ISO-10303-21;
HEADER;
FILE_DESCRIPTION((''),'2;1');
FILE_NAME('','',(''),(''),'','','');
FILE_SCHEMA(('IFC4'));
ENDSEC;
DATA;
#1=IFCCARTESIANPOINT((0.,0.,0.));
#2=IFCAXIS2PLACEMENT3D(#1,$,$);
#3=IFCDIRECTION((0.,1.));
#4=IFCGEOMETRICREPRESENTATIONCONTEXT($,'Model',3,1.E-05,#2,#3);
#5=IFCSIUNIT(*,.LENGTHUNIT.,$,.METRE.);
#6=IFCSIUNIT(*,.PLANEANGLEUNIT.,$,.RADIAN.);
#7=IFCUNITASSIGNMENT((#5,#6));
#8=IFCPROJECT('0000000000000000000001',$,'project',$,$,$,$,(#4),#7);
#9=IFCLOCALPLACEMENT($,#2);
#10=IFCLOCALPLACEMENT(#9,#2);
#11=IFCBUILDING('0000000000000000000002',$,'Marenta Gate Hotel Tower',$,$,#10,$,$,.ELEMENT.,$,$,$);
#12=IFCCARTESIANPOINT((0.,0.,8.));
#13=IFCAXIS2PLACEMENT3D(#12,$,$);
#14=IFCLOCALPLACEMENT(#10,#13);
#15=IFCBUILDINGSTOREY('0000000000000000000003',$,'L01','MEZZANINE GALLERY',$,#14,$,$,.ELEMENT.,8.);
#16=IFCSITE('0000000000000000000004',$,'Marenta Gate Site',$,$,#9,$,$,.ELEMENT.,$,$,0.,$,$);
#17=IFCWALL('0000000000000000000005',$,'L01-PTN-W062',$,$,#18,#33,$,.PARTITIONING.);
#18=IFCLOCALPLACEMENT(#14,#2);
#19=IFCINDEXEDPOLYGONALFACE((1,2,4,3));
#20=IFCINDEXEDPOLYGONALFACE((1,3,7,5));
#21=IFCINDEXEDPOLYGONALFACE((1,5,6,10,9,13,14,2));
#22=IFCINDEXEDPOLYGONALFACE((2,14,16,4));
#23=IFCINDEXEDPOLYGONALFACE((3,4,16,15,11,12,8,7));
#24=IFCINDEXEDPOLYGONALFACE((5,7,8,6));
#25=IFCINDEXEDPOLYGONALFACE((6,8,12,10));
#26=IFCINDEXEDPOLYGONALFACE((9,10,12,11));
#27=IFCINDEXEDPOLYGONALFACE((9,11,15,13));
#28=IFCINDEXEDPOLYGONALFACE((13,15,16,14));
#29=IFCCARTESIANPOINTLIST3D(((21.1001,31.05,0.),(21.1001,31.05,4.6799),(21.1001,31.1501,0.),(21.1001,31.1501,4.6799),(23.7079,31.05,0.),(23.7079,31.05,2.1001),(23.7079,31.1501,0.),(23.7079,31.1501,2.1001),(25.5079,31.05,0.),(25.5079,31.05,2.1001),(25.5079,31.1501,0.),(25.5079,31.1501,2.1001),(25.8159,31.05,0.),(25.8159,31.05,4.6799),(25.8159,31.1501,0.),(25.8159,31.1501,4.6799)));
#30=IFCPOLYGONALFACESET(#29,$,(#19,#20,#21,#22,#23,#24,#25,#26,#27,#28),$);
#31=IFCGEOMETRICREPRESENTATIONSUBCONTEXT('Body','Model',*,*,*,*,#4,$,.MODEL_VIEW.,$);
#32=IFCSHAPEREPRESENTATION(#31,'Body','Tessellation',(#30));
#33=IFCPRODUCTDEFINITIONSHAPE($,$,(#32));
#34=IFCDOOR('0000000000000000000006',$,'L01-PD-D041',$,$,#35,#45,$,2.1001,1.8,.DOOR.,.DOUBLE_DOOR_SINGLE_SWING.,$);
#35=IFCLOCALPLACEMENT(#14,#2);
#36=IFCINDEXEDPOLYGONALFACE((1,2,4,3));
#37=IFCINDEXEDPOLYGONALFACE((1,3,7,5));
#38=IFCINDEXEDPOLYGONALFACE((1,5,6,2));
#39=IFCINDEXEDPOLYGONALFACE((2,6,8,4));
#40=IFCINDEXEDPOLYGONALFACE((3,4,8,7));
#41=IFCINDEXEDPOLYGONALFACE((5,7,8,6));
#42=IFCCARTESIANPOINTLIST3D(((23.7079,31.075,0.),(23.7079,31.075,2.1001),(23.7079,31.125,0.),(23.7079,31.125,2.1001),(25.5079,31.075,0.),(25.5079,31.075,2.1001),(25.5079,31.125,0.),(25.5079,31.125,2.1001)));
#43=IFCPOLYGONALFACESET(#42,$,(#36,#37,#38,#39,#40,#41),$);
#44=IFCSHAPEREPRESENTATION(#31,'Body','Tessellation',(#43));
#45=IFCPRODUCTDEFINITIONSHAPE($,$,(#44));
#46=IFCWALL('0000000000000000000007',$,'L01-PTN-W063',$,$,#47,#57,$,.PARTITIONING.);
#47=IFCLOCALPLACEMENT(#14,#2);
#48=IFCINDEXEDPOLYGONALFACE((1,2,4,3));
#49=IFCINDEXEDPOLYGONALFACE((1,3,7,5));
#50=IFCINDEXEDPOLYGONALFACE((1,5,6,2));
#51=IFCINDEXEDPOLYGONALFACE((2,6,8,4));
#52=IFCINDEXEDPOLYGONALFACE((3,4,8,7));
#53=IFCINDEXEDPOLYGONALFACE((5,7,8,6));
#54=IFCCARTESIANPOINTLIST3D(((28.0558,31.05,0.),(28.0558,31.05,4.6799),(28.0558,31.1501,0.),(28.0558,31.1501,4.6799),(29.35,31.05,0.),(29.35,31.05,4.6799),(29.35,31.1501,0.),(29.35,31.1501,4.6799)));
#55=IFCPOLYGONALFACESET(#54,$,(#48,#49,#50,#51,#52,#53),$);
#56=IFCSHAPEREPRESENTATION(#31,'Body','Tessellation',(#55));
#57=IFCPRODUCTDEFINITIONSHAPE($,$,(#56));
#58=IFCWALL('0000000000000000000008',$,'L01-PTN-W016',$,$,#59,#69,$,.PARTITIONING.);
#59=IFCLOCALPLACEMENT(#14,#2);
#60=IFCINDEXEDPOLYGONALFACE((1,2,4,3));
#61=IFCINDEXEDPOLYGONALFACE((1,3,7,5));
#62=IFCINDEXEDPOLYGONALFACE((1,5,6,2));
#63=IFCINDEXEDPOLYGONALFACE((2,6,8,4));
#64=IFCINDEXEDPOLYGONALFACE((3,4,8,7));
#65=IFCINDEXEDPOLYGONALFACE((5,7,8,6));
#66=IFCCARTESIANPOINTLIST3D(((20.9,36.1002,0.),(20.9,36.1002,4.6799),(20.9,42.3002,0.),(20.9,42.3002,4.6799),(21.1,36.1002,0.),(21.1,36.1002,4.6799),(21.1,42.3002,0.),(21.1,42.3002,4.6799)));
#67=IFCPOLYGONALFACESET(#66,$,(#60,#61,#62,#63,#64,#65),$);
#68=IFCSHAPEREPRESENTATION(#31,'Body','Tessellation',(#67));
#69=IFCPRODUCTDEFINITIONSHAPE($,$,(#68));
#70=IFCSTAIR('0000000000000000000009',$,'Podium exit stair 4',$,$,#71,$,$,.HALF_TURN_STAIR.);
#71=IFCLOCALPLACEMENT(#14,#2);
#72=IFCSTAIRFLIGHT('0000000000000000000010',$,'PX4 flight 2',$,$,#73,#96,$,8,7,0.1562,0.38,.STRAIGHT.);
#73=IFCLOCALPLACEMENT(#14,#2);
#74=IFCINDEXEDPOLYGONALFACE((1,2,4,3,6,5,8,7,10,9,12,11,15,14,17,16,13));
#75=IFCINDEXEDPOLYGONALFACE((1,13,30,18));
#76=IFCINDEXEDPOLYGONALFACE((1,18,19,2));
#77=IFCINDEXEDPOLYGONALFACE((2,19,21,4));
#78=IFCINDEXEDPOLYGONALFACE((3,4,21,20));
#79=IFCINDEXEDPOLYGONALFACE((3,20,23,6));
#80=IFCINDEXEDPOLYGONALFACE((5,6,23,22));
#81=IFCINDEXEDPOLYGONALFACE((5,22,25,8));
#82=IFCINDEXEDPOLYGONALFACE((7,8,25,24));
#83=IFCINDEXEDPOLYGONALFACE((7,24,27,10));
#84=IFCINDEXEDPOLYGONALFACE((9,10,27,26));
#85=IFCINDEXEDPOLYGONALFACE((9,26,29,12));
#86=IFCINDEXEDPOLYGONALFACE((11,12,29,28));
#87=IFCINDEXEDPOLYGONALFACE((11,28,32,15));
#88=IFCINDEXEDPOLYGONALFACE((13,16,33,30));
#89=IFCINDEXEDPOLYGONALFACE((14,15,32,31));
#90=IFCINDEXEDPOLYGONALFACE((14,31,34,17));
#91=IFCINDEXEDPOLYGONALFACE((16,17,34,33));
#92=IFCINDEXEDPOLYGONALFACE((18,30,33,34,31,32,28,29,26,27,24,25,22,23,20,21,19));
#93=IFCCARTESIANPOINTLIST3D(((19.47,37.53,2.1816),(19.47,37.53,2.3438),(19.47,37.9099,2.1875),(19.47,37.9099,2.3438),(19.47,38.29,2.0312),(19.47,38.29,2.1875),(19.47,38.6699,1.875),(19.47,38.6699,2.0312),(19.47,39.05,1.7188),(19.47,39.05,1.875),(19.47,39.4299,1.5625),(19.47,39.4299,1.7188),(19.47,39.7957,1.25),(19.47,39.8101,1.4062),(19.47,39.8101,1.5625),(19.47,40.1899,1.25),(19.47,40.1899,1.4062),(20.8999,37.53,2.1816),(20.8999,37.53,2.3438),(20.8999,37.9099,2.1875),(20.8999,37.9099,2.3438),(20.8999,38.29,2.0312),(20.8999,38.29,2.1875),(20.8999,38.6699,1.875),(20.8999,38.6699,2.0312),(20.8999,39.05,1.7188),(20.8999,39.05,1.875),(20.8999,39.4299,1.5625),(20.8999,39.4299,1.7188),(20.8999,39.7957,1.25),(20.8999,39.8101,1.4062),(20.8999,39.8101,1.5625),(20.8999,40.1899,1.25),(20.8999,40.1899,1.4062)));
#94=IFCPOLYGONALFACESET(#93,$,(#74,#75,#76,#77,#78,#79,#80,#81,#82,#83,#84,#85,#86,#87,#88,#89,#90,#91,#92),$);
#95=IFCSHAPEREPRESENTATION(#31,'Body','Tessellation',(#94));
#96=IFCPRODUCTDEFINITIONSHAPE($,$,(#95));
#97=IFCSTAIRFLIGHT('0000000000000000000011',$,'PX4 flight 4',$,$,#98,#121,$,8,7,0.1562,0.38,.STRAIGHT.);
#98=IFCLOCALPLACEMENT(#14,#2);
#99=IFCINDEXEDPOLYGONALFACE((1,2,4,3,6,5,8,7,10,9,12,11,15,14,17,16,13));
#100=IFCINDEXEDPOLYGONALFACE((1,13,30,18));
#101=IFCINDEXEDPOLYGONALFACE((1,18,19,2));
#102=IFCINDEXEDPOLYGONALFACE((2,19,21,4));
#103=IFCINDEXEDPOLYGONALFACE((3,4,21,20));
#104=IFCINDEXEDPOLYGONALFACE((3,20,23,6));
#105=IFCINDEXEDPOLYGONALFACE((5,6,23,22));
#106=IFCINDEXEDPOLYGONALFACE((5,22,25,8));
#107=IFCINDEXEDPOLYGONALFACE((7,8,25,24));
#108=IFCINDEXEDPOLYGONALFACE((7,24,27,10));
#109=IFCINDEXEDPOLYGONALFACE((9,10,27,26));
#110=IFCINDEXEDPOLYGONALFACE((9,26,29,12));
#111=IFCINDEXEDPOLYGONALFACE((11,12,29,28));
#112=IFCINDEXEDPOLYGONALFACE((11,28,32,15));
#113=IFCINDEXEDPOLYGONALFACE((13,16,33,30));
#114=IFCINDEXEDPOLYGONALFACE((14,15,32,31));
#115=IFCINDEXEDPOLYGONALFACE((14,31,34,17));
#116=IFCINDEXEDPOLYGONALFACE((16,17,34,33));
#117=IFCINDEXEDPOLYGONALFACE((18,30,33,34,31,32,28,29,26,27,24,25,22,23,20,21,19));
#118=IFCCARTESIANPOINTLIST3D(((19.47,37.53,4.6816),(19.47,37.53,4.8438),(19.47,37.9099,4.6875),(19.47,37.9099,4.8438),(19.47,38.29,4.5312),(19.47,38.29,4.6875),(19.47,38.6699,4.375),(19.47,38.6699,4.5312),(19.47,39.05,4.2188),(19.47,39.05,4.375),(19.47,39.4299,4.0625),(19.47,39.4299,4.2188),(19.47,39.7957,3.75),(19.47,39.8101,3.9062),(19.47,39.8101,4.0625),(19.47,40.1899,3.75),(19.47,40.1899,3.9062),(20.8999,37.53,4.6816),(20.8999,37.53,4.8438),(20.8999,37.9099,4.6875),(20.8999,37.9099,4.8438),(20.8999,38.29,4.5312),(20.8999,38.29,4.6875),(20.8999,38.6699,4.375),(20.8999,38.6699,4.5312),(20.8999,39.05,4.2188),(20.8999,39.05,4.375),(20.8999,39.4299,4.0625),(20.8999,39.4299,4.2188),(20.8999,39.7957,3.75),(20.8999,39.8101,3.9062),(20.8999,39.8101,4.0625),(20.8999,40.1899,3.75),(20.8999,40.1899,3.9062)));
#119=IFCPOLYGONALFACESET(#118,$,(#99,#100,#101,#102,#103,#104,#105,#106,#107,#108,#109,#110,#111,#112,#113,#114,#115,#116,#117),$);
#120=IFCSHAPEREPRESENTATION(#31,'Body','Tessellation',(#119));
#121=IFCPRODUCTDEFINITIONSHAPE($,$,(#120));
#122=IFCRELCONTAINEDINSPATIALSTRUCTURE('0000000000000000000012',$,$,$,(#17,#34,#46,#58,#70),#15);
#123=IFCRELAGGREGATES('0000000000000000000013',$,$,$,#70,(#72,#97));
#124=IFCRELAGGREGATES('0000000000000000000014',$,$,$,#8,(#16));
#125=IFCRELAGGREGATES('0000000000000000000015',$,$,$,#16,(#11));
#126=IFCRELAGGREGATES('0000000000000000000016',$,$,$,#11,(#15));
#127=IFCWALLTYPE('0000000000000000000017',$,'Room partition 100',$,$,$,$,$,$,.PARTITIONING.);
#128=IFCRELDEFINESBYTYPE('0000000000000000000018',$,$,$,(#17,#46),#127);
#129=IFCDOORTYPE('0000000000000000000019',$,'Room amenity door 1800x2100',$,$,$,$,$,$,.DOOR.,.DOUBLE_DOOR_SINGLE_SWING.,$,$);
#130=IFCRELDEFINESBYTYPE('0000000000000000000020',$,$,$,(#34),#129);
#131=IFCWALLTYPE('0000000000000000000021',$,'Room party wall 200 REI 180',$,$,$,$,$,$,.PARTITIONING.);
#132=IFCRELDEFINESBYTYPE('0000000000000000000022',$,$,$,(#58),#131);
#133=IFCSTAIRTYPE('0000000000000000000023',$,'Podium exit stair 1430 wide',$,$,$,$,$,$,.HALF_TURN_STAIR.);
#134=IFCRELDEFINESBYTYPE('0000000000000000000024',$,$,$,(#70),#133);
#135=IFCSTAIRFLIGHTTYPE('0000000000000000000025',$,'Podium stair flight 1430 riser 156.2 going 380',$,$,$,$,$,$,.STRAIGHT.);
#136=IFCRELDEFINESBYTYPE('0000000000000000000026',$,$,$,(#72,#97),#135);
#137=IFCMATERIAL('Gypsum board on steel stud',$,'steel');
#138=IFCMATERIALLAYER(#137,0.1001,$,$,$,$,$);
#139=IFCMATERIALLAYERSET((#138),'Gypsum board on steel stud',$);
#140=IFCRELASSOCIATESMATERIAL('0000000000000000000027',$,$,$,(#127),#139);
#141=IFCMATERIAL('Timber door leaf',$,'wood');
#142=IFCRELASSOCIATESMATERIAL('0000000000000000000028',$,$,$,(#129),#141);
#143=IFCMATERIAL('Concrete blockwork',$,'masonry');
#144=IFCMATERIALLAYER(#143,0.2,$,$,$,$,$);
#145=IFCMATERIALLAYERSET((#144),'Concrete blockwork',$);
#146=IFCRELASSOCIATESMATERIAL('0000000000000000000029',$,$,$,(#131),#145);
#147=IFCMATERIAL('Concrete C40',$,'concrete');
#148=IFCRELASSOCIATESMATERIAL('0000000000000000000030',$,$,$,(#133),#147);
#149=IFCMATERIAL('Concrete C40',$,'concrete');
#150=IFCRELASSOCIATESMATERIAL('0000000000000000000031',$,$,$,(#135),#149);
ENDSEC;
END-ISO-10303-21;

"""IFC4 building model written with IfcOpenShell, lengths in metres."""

from ifc_helpers import new_model, si_unit, direction, frame, frame_2d, origin, place, context, subcontext, project, spatial, polyline, rectangle, outline, extrude, material, layer, layer_set, type_object, element, fill, aggregate, save


model = new_model("IFC4")

# Units and contexts
model_context = context("Model", 3, precision=1e-05, world=origin(), true_north=direction((0.0, 1.0)))
body_context = subcontext(model_context, "Body", "Model", "MODEL_VIEW")
ifc_project = project(units=[si_unit("LENGTHUNIT", "METRE"), si_unit("PLANEANGLEUNIT", "RADIAN")], contexts=[model_context])

# Site, building, storey
site_placement = place(None, origin())
site = spatial("IfcSite", under=ifc_project, at=site_placement, Name="Marenta Gate Site", CompositionType="ELEMENT", RefElevation=0.0)
building_placement = place(site_placement, origin())
building = spatial("IfcBuilding", under=site, at=building_placement, Name="Marenta Gate Hotel Tower", CompositionType="ELEMENT")
storey_placement = place(building_placement, frame((0.0, 0.0, 8.0)))
storey = spatial("IfcBuildingStorey", under=building, at=storey_placement, Name="L01", Description="MEZZANINE GALLERY", CompositionType="ELEMENT", Elevation=8.0)

# Wall, opening, door
ifc_material_1 = material(Name="Gypsum board on steel stud", Category="steel")
ifc_layer_1 = layer(ifc_material_1, 0.1001)
ifc_layer_set_1 = layer_set([ifc_layer_1], Name="Gypsum board on steel stud")
wall_type_1 = type_object("IfcWallType", Name="Room partition 100", PredefinedType="PARTITIONING", material=ifc_layer_set_1)
wall_1_placement = place(storey_placement, frame((21.1001, 31.1001, 0.0), z_axis=(0.0, 0.0, 1.0), x_axis=(1.0, 0.0, 0.0)))
wall_1 = element("IfcWall", 1, at=wall_1_placement, inside=storey, type_object=wall_type_1, Name="L01-PTN-W062", PredefinedType="PARTITIONING", context=body_context, shape_type="SweptSolid", body=[
    extrude(rectangle(XDim=4.7158, YDim=0.1001, at=frame_2d((2.3579, 0.0))), origin(), (0.0, 0.0, 1.0), 4.6799),
])
opening_placement = place(wall_1_placement, frame((2.6079, 0.0, 0.0)))
opening = element("IfcOpeningElement", 2, at=opening_placement, cuts=wall_1, PredefinedType="OPENING", context=body_context, shape_type="SweptSolid", body=[
    extrude(rectangle(XDim=1.8, YDim=2.1001, at=frame_2d((0.8999, 1.05))), frame((0.0, 0.05, 0.0), z_axis=(0.0, -1.0, 0.0), x_axis=(1.0, 0.0, 0.0)), (0.0, 0.0, 1.0), 0.1001),
])
ifc_material_2 = material(Name="Timber door leaf", Category="wood")
door_type = type_object("IfcDoorType", Name="Room amenity door 1800x2100", OperationType="DOUBLE_DOOR_SINGLE_SWING", PredefinedType="DOOR", material=ifc_material_2)
door_placement = place(opening_placement, origin())
door = element("IfcDoor", 3, at=door_placement, inside=storey, type_object=door_type, Name="L01-PD-D041", OperationType="DOUBLE_DOOR_SINGLE_SWING", OverallHeight=2.1001, OverallWidth=1.8, PredefinedType="DOOR", context=body_context, shape_type="SweptSolid", body=[
    extrude(rectangle(XDim=1.8, YDim=2.1001, at=frame_2d((0.8999, 1.05))), frame((0.0, 0.0249, 0.0), z_axis=(0.0, -1.0, 0.0), x_axis=(1.0, 0.0, 0.0)), (0.0, 0.0, 1.0), 0.05),
])
fill(opening, door)

# Walls
wall_2_placement = place(storey_placement, frame((28.0559, 31.1001, 0.0), z_axis=(0.0, 0.0, 1.0), x_axis=(1.0, 0.0, 0.0)))
element("IfcWall", 4, at=wall_2_placement, inside=storey, type_object=wall_type_1, Name="L01-PTN-W063", PredefinedType="PARTITIONING", context=body_context, shape_type="SweptSolid", body=[
    extrude(rectangle(XDim=1.2942, YDim=0.1001, at=frame_2d((0.647, 0.0))), origin(), (0.0, 0.0, 1.0), 4.6799),
])
ifc_material_3 = material(Name="Concrete blockwork", Category="masonry")
ifc_layer_2 = layer(ifc_material_3, 0.2)
ifc_layer_set_2 = layer_set([ifc_layer_2], Name="Concrete blockwork")
wall_type_2 = type_object("IfcWallType", Name="Room party wall 200 REI 180", PredefinedType="PARTITIONING", material=ifc_layer_set_2)
wall_3_placement = place(storey_placement, frame((21.0, 36.1001, 0.0), z_axis=(0.0, 0.0, 1.0), x_axis=(0.0, 1.0, 0.0)))
element("IfcWall", 5, at=wall_3_placement, inside=storey, type_object=wall_type_2, Name="L01-PTN-W016", PredefinedType="PARTITIONING", context=body_context, shape_type="SweptSolid", body=[
    extrude(rectangle(XDim=6.2, YDim=0.2, at=frame_2d((3.1001, 0.0))), origin(), (0.0, 0.0, 1.0), 4.6799),
])

# Stair, stair flights
ifc_material_4 = material(Name="Concrete C40", Category="concrete")
stair_type = type_object("IfcStairType", Name="Podium exit stair 1430 wide", PredefinedType="HALF_TURN_STAIR", material=ifc_material_4)
stair_placement = place(storey_placement, origin())
stair = element("IfcStair", 6, at=stair_placement, inside=storey, type_object=stair_type, Name="Podium exit stair 4", PredefinedType="HALF_TURN_STAIR")
ifc_material_5 = material(Name="Concrete C40", Category="concrete")
stair_flight_type = type_object("IfcStairFlightType", Name="Podium stair flight 1430 riser 156.2 going 380", PredefinedType="STRAIGHT", material=ifc_material_5)
stair_flight_1_placement = place(storey_placement, frame((20.1851, 40.1899, 1.25), z_axis=(0.0, 0.0, 1.0), x_axis=(0.0, -1.0, 0.0)))
stair_flight_1 = element("IfcStairFlight", 7, at=stair_flight_1_placement, type_object=stair_flight_type, Name="PX4 flight 2", NumberOfRisers=8, NumberOfTreads=7, PredefinedType="STRAIGHT", RiserHeight=0.1562, TreadLength=0.38, context=body_context, shape_type="SweptSolid", body=[
    extrude(outline(polyline([(0.0, 0.0), (0.0, 0.1562), (0.3799, 0.1562), (0.3799, 0.3125), (0.76, 0.3125), (0.76, 0.4688), (1.1399, 0.4688), (1.1399, 0.625), (1.52, 0.625), (1.52, 0.7812), (1.8999, 0.7812), (1.8999, 0.9375), (2.28, 0.9375), (2.28, 1.0938), (2.6599, 1.0938), (2.6599, 1.25), (2.6599, 0.9316), (0.3943, 0.0), (0.0, 0.0)])), frame((0.0, 0.7148, 0.0), z_axis=(0.0, -1.0, 0.0), x_axis=(1.0, 0.0, 0.0)), (0.0, 0.0, 1.0), 1.4299),
])
stair_flight_2_placement = place(storey_placement, frame((20.1851, 40.1899, 3.75), z_axis=(0.0, 0.0, 1.0), x_axis=(0.0, -1.0, 0.0)))
stair_flight_2 = element("IfcStairFlight", 8, at=stair_flight_2_placement, type_object=stair_flight_type, Name="PX4 flight 4", NumberOfRisers=8, NumberOfTreads=7, PredefinedType="STRAIGHT", RiserHeight=0.1562, TreadLength=0.38, context=body_context, shape_type="SweptSolid", body=[
    extrude(outline(polyline([(0.0, 0.0), (0.0, 0.1562), (0.3799, 0.1562), (0.3799, 0.3125), (0.76, 0.3125), (0.76, 0.4688), (1.1399, 0.4688), (1.1399, 0.625), (1.52, 0.625), (1.52, 0.7812), (1.8999, 0.7812), (1.8999, 0.9375), (2.28, 0.9375), (2.28, 1.0938), (2.6599, 1.0938), (2.6599, 1.25), (2.6599, 0.9316), (0.3943, 0.0), (0.0, 0.0)])), frame((0.0, 0.7148, 0.0), z_axis=(0.0, -1.0, 0.0), x_axis=(1.0, 0.0, 0.0)), (0.0, 0.0, 1.0), 1.4299),
])
aggregate(stair, [stair_flight_1, stair_flight_2])

save(model, "model.ifc")
